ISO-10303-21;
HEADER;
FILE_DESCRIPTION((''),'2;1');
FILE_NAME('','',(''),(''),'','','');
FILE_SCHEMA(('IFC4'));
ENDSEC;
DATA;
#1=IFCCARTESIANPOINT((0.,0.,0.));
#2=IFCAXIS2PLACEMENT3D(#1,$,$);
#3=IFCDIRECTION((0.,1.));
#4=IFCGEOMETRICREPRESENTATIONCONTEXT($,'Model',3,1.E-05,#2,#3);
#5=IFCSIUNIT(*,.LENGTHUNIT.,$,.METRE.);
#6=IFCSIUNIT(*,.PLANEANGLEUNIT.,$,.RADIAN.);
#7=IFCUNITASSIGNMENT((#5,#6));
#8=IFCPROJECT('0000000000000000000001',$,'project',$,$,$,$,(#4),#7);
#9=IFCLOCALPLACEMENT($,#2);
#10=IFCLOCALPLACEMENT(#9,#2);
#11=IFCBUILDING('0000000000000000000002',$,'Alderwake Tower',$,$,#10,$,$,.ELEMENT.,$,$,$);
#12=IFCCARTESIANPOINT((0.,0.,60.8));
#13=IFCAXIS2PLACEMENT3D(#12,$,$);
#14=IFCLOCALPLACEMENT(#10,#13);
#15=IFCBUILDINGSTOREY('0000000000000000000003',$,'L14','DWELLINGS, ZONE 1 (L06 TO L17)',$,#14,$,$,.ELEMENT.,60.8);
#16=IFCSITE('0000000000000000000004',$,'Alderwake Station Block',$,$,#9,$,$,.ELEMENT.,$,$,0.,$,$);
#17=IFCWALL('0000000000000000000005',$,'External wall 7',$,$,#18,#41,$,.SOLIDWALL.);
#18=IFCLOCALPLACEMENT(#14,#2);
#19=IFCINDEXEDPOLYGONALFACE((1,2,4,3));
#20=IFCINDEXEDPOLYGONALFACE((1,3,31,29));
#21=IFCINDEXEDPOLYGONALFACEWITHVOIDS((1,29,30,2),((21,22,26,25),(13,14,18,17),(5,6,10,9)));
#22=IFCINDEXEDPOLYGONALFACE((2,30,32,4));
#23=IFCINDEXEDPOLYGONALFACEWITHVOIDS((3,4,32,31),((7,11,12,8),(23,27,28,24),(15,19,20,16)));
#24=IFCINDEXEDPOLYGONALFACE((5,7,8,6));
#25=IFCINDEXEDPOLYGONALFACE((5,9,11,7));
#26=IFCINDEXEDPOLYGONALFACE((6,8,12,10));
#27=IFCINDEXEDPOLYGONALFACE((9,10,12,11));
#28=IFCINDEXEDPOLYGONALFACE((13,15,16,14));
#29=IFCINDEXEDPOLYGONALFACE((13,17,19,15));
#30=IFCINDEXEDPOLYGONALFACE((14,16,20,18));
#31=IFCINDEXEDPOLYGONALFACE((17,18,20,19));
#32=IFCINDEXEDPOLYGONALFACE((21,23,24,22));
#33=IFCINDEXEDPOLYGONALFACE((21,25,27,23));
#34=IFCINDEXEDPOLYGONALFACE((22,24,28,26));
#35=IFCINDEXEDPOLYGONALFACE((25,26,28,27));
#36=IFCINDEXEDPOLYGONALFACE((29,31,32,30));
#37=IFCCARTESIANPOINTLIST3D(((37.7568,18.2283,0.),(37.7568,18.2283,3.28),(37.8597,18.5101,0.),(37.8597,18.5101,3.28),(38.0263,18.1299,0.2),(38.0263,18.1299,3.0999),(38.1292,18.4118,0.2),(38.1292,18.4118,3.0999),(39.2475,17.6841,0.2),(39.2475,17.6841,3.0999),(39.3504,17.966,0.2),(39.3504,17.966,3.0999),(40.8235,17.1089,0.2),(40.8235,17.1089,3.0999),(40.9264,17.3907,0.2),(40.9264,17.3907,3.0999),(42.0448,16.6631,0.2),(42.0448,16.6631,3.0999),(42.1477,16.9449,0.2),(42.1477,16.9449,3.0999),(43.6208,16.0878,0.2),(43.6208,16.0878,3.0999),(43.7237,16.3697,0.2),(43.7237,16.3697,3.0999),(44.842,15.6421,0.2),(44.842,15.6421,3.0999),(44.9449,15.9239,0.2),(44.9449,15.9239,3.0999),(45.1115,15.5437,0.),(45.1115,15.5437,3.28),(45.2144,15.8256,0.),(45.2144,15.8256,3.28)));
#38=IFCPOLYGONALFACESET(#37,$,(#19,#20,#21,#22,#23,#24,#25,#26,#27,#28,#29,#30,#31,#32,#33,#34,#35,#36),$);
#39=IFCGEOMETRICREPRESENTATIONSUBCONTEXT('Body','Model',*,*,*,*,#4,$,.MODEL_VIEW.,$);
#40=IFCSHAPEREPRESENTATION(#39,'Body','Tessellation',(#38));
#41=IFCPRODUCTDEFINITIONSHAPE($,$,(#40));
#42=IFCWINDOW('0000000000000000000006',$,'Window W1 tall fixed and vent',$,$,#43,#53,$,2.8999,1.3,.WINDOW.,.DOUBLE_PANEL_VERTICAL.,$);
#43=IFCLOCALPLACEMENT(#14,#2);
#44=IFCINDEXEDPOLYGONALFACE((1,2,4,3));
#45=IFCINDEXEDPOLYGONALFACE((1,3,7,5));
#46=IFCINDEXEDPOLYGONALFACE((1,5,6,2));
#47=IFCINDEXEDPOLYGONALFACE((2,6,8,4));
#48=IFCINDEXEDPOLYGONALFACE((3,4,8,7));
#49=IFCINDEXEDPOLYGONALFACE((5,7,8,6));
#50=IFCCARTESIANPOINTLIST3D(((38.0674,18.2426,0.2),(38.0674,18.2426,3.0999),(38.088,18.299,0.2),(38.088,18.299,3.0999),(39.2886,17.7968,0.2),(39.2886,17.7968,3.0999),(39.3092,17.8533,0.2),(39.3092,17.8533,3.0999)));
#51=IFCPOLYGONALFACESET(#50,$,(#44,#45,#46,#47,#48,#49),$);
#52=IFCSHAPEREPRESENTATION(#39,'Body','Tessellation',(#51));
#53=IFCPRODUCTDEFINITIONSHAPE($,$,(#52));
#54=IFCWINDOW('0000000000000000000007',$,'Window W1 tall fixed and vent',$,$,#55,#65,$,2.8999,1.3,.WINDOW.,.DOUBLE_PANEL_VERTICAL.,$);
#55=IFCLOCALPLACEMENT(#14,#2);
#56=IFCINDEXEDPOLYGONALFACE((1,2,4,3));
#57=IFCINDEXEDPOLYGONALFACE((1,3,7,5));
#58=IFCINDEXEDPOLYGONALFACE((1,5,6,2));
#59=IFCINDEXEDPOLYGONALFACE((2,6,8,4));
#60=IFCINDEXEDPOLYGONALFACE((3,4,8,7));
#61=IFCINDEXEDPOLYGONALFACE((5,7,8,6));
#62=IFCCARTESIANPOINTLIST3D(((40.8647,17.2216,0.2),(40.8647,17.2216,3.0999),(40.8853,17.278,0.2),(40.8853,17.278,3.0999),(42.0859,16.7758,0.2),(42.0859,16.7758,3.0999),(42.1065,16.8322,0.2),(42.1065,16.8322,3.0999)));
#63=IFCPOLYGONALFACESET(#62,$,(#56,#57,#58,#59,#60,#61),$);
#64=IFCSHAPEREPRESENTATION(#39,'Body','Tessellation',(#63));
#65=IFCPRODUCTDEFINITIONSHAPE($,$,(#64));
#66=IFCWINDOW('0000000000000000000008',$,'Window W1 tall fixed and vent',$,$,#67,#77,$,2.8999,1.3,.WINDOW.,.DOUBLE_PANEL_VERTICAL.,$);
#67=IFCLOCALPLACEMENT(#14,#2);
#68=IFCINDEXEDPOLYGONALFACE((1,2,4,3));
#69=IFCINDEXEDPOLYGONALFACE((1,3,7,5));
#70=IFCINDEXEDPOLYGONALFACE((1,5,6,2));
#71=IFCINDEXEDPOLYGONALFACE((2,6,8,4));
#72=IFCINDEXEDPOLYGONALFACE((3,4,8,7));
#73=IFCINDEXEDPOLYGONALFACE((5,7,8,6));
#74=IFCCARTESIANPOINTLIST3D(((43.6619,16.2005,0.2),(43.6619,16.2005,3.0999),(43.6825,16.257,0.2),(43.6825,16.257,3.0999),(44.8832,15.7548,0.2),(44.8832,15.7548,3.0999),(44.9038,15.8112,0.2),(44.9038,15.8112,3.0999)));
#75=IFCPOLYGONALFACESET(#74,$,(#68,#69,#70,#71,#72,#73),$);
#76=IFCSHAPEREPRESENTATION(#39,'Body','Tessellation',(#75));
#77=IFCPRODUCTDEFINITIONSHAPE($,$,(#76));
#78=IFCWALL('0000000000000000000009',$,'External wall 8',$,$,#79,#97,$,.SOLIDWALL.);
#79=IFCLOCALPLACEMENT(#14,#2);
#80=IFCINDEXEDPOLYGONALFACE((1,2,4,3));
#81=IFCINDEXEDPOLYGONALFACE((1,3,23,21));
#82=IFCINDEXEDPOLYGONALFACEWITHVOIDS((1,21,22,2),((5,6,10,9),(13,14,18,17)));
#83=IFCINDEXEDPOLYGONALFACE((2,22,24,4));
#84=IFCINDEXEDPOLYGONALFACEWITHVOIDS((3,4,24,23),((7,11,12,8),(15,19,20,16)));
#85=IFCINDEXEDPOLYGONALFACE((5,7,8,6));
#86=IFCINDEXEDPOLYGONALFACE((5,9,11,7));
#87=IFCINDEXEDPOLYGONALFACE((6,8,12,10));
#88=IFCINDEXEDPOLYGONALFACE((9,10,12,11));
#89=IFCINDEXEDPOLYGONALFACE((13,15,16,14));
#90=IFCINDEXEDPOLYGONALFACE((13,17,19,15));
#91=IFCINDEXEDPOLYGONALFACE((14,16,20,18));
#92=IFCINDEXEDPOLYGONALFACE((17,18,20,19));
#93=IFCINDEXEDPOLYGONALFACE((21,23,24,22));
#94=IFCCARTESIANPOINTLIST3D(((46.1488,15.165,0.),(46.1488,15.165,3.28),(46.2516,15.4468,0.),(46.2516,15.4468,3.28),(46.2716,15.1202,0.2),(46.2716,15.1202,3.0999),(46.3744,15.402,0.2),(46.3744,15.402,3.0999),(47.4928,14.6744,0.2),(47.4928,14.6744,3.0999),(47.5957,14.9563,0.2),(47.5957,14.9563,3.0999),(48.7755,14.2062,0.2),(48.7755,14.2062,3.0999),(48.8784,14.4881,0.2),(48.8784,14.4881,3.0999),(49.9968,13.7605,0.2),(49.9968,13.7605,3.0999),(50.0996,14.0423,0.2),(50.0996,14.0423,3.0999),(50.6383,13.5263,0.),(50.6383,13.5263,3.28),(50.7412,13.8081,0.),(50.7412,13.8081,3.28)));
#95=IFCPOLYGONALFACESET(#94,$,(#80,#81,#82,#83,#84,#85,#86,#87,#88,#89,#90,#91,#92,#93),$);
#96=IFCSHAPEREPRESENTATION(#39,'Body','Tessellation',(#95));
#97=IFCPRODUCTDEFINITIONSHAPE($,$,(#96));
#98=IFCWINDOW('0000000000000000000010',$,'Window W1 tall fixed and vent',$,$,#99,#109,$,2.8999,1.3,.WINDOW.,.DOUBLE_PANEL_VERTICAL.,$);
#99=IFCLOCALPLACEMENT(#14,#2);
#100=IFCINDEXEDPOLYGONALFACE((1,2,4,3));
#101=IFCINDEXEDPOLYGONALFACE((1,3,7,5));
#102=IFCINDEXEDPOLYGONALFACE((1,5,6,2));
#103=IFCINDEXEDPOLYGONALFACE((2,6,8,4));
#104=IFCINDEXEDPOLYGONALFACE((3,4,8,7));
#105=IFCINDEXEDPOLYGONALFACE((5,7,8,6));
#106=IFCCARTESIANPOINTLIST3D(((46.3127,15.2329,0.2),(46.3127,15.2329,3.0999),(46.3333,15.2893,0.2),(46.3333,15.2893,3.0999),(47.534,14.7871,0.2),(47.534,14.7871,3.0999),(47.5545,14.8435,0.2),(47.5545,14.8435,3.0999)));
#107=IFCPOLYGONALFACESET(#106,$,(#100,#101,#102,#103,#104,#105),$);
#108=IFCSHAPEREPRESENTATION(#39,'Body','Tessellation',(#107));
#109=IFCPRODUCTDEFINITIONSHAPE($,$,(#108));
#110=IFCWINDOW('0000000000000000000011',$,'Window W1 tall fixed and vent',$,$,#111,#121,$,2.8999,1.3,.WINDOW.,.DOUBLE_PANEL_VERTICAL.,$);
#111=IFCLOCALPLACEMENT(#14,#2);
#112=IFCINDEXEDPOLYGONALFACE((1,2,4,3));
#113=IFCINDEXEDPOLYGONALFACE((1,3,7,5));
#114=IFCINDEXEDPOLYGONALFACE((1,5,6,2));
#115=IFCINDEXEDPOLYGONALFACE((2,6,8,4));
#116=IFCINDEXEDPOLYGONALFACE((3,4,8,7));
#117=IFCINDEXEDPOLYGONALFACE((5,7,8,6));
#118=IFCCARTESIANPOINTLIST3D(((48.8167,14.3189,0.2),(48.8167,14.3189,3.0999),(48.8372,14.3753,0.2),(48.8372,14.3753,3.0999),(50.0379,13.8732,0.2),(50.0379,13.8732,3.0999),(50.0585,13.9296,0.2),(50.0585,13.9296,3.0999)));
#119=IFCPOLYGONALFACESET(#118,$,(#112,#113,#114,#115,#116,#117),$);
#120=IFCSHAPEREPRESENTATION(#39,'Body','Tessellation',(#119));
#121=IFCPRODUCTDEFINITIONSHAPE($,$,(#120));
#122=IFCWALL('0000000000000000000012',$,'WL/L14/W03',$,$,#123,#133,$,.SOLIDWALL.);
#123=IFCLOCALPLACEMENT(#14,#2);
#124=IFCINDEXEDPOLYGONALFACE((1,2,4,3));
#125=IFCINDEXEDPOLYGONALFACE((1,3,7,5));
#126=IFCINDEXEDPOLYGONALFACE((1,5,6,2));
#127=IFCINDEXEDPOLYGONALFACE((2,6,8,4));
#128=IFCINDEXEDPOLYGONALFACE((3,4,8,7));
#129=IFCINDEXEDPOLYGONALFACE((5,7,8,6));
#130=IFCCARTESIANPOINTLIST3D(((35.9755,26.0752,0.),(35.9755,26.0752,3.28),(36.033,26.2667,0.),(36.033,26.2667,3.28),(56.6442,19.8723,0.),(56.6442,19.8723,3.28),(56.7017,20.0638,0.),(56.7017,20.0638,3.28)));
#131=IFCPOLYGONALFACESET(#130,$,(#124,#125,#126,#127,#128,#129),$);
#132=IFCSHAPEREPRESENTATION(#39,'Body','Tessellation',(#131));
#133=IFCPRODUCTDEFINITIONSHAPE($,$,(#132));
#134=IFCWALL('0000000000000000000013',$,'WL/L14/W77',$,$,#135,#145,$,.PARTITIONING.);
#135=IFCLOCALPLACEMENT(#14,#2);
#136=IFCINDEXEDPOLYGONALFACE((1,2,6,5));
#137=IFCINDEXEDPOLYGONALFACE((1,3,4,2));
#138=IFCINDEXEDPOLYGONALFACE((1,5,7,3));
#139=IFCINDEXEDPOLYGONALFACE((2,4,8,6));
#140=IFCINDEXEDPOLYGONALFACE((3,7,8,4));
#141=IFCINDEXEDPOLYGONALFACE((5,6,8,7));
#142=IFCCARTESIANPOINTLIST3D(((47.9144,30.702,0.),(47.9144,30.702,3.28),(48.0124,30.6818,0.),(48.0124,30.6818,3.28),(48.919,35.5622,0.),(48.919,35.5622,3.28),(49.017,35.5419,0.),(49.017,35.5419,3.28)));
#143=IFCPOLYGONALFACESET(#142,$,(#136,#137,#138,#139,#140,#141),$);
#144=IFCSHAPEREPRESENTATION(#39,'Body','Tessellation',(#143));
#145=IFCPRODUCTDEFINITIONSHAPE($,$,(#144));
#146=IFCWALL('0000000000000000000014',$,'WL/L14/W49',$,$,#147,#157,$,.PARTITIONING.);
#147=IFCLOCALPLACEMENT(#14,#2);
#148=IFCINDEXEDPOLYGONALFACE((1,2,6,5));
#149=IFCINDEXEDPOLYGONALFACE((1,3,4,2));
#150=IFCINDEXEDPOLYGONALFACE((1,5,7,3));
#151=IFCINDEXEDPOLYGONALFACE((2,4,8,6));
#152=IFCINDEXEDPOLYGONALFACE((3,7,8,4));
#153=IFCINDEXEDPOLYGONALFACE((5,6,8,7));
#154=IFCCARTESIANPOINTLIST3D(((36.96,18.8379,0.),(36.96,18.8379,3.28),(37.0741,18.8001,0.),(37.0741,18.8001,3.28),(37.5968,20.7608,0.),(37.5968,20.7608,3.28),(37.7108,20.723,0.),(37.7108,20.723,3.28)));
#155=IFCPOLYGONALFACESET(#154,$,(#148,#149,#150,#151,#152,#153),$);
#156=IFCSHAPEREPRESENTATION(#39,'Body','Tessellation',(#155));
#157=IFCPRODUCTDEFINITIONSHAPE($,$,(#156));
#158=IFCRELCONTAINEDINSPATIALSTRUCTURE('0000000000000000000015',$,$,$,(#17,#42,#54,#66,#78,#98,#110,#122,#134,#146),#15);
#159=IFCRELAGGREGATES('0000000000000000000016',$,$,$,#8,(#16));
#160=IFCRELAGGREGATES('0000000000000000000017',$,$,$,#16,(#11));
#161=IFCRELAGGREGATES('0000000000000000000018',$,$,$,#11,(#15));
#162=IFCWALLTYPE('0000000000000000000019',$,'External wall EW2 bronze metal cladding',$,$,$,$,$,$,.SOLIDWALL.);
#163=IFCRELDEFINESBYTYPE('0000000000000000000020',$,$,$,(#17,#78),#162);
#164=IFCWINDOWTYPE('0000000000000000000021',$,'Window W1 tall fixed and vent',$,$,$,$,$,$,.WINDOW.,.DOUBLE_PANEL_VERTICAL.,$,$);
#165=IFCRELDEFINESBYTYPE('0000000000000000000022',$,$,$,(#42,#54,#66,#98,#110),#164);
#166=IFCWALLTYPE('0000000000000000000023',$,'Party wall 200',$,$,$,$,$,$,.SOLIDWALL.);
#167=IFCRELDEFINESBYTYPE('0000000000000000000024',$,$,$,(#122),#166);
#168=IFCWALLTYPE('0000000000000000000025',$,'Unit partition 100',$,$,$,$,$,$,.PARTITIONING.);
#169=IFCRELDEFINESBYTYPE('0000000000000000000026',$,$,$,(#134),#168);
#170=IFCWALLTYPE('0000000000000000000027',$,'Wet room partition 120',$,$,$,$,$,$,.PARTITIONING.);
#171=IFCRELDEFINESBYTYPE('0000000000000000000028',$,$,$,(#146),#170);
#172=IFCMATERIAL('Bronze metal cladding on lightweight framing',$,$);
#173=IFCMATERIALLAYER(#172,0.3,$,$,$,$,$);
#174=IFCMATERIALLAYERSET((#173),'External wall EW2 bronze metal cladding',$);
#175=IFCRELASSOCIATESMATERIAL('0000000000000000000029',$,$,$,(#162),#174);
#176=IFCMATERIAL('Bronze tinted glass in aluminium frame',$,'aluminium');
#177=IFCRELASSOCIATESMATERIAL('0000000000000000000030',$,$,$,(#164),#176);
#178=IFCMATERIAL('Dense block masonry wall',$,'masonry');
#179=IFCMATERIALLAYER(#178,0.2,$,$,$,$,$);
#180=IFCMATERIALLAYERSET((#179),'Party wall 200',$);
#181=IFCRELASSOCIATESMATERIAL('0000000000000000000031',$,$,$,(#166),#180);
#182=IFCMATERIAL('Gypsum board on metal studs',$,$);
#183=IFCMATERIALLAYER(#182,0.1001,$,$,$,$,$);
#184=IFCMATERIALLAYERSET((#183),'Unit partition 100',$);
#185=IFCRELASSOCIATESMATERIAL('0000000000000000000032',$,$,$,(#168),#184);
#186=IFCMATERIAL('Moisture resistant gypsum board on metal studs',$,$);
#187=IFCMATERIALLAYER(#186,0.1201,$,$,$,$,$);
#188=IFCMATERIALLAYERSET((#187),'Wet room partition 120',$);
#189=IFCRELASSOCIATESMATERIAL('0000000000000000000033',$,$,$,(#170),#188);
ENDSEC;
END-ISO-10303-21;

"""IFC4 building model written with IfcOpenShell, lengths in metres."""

from ifc_helpers import new_model, si_unit, direction, frame, frame_2d, origin, place, context, subcontext, project, spatial, rectangle, extrude, material, layer, layer_set, type_object, element, fill, save


model = new_model("IFC4")

# Units and contexts
model_context = context("Model", 3, precision=1e-05, world=origin(), true_north=direction((0.0, 1.0)))
body_context = subcontext(model_context, "Body", "Model", "MODEL_VIEW")
ifc_project = project(units=[si_unit("LENGTHUNIT", "METRE"), si_unit("PLANEANGLEUNIT", "RADIAN")], contexts=[model_context])

# Site, building, storey
site_placement = place(None, origin())
site = spatial("IfcSite", under=ifc_project, at=site_placement, Name="Alderwake Station Block", CompositionType="ELEMENT", RefElevation=0.0)
building_placement = place(site_placement, origin())
building = spatial("IfcBuilding", under=site, at=building_placement, Name="Alderwake Tower", CompositionType="ELEMENT")
storey_placement = place(building_placement, frame((0.0, 0.0, 60.8)))
storey = spatial("IfcBuildingStorey", under=building, at=storey_placement, Name="L14", Description="DWELLINGS, ZONE 1 (L06 TO L17)", CompositionType="ELEMENT", Elevation=60.8)

# Walls, openings, windows
ifc_material_1 = material(Name="Bronze metal cladding on lightweight framing")
ifc_layer_1 = layer(ifc_material_1, 0.3)
ifc_layer_set_1 = layer_set([ifc_layer_1], Name="External wall EW2 bronze metal cladding")
wall_type_1 = type_object("IfcWallType", Name="External wall EW2 bronze metal cladding", PredefinedType="SOLIDWALL", material=ifc_layer_set_1)
wall_1_placement = place(storey_placement, frame((37.8083, 18.3691, 0.0), z_axis=(0.0, 0.0, 1.0), x_axis=(0.939378, -0.342885, 0.0)))
wall_1 = element("IfcWall", 1, at=wall_1_placement, inside=storey, type_object=wall_type_1, Name="External wall 7", PredefinedType="SOLIDWALL", context=body_context, shape_type="SweptSolid", body=[
    extrude(rectangle(XDim=7.8293, YDim=0.3, at=frame_2d((3.9146, 0.0))), origin(), (0.0, 0.0, 1.0), 3.28),
])
opening_1_placement = place(wall_1_placement, frame((0.2869, 0.0, 0.2)))
opening_1 = element("IfcOpeningElement", 2, at=opening_1_placement, cuts=wall_1, PredefinedType="OPENING", context=body_context, shape_type="SweptSolid", body=[
    extrude(rectangle(XDim=1.3, YDim=2.8999, at=frame_2d((0.6499, 1.45))), frame((0.0, 0.1599, 0.0), z_axis=(0.0, -1.0, 0.0), x_axis=(1.0, 0.0, 0.0)), (0.0, 0.0, 1.0), 0.3201),
])
opening_2_placement = place(wall_1_placement, frame((3.2646, 0.0, 0.2)))
opening_2 = element("IfcOpeningElement", 3, at=opening_2_placement, cuts=wall_1, PredefinedType="OPENING", context=body_context, shape_type="SweptSolid", body=[
    extrude(rectangle(XDim=1.3, YDim=2.8999, at=frame_2d((0.6499, 1.45))), frame((0.0, 0.1599, 0.0), z_axis=(0.0, -1.0, 0.0), x_axis=(1.0, 0.0, 0.0)), (0.0, 0.0, 1.0), 0.3201),
])
opening_3_placement = place(wall_1_placement, frame((6.2424, 0.0, 0.2)))
opening_3 = element("IfcOpeningElement", 4, at=opening_3_placement, cuts=wall_1, PredefinedType="OPENING", context=body_context, shape_type="SweptSolid", body=[
    extrude(rectangle(XDim=1.3, YDim=2.8999, at=frame_2d((0.6499, 1.45))), frame((0.0, 0.1599, 0.0), z_axis=(0.0, -1.0, 0.0), x_axis=(1.0, 0.0, 0.0)), (0.0, 0.0, 1.0), 0.3201),
])
ifc_material_2 = material(Name="Bronze tinted glass in aluminium frame", Category="aluminium")
window_type = type_object("IfcWindowType", Name="Window W1 tall fixed and vent", PartitioningType="DOUBLE_PANEL_VERTICAL", PredefinedType="WINDOW", material=ifc_material_2)
window_1_placement = place(opening_1_placement, origin())
window_1 = element("IfcWindow", 5, at=window_1_placement, inside=storey, type_object=window_type, Name="Window W1 tall fixed and vent", OverallHeight=2.8999, OverallWidth=1.3, PartitioningType="DOUBLE_PANEL_VERTICAL", PredefinedType="WINDOW", context=body_context, shape_type="SweptSolid", body=[
    extrude(rectangle(XDim=1.3, YDim=2.8999, at=frame_2d((0.6499, 1.45))), frame((0.0, 0.03, 0.0), z_axis=(0.0, -1.0, 0.0), x_axis=(1.0, 0.0, 0.0)), (0.0, 0.0, 1.0), 0.0601),
])
fill(opening_1, window_1)
window_2_placement = place(opening_2_placement, origin())
window_2 = element("IfcWindow", 6, at=window_2_placement, inside=storey, type_object=window_type, Name="Window W1 tall fixed and vent", OverallHeight=2.8999, OverallWidth=1.3, PartitioningType="DOUBLE_PANEL_VERTICAL", PredefinedType="WINDOW", context=body_context, shape_type="SweptSolid", body=[
    extrude(rectangle(XDim=1.3, YDim=2.8999, at=frame_2d((0.6499, 1.45))), frame((0.0, 0.03, 0.0), z_axis=(0.0, -1.0, 0.0), x_axis=(1.0, 0.0, 0.0)), (0.0, 0.0, 1.0), 0.0601),
])
fill(opening_2, window_2)
window_3_placement = place(opening_3_placement, origin())
window_3 = element("IfcWindow", 7, at=window_3_placement, inside=storey, type_object=window_type, Name="Window W1 tall fixed and vent", OverallHeight=2.8999, OverallWidth=1.3, PartitioningType="DOUBLE_PANEL_VERTICAL", PredefinedType="WINDOW", context=body_context, shape_type="SweptSolid", body=[
    extrude(rectangle(XDim=1.3, YDim=2.8999, at=frame_2d((0.6499, 1.45))), frame((0.0, 0.03, 0.0), z_axis=(0.0, -1.0, 0.0), x_axis=(1.0, 0.0, 0.0)), (0.0, 0.0, 1.0), 0.0601),
])
fill(opening_3, window_3)
wall_2_placement = place(storey_placement, frame((46.2002, 15.3059, 0.0), z_axis=(0.0, 0.0, 1.0), x_axis=(0.939381, -0.342875, 0.0)))
wall_2 = element("IfcWall", 8, at=wall_2_placement, inside=storey, type_object=wall_type_1, Name="External wall 8", PredefinedType="SOLIDWALL", context=body_context, shape_type="SweptSolid", body=[
    extrude(rectangle(XDim=4.7793, YDim=0.3, at=frame_2d((2.3896, 0.0))), origin(), (0.0, 0.0, 1.0), 3.28),
])
opening_4_placement = place(wall_2_placement, frame((0.1309, 0.0, 0.2)))
opening_4 = element("IfcOpeningElement", 9, at=opening_4_placement, cuts=wall_2, PredefinedType="OPENING", context=body_context, shape_type="SweptSolid", body=[
    extrude(rectangle(XDim=1.3, YDim=2.8999, at=frame_2d((0.6499, 1.45))), frame((0.0, 0.1599, 0.0), z_axis=(0.0, -1.0, 0.0), x_axis=(1.0, 0.0, 0.0)), (0.0, 0.0, 1.0), 0.3201),
])
opening_5_placement = place(wall_2_placement, frame((2.7964, 0.0, 0.2)))
opening_5 = element("IfcOpeningElement", 10, at=opening_5_placement, cuts=wall_2, PredefinedType="OPENING", context=body_context, shape_type="SweptSolid", body=[
    extrude(rectangle(XDim=1.3, YDim=2.8999, at=frame_2d((0.6499, 1.45))), frame((0.0, 0.1599, 0.0), z_axis=(0.0, -1.0, 0.0), x_axis=(1.0, 0.0, 0.0)), (0.0, 0.0, 1.0), 0.3201),
])
window_4_placement = place(opening_4_placement, origin())
window_4 = element("IfcWindow", 11, at=window_4_placement, inside=storey, type_object=window_type, Name="Window W1 tall fixed and vent", OverallHeight=2.8999, OverallWidth=1.3, PartitioningType="DOUBLE_PANEL_VERTICAL", PredefinedType="WINDOW", context=body_context, shape_type="SweptSolid", body=[
    extrude(rectangle(XDim=1.3, YDim=2.8999, at=frame_2d((0.6499, 1.45))), frame((0.0, 0.03, 0.0), z_axis=(0.0, -1.0, 0.0), x_axis=(1.0, 0.0, 0.0)), (0.0, 0.0, 1.0), 0.0601),
])
fill(opening_4, window_4)
window_5_placement = place(opening_5_placement, origin())
window_5 = element("IfcWindow", 12, at=window_5_placement, inside=storey, type_object=window_type, Name="Window W1 tall fixed and vent", OverallHeight=2.8999, OverallWidth=1.3, PartitioningType="DOUBLE_PANEL_VERTICAL", PredefinedType="WINDOW", context=body_context, shape_type="SweptSolid", body=[
    extrude(rectangle(XDim=1.3, YDim=2.8999, at=frame_2d((0.6499, 1.45))), frame((0.0, 0.03, 0.0), z_axis=(0.0, -1.0, 0.0), x_axis=(1.0, 0.0, 0.0)), (0.0, 0.0, 1.0), 0.0601),
])
fill(opening_5, window_5)

# Walls
ifc_material_3 = material(Name="Dense block masonry wall", Category="masonry")
ifc_layer_2 = layer(ifc_material_3, 0.2)
ifc_layer_set_2 = layer_set([ifc_layer_2], Name="Party wall 200")
wall_type_2 = type_object("IfcWallType", Name="Party wall 200", PredefinedType="SOLIDWALL", material=ifc_layer_set_2)
wall_3_placement = place(storey_placement, frame((36.0044, 26.1709, 0.0), z_axis=(0.0, 0.0, 1.0), x_axis=(0.957797, -0.287444, 0.0)))
element("IfcWall", 13, at=wall_3_placement, inside=storey, type_object=wall_type_2, Name="WL/L14/W03", PredefinedType="SOLIDWALL", context=body_context, shape_type="SweptSolid", body=[
    extrude(rectangle(XDim=21.5793, YDim=0.2, at=frame_2d((10.7896, 0.0))), origin(), (0.0, 0.0, 1.0), 3.28),
])
ifc_material_4 = material(Name="Gypsum board on metal studs")
ifc_layer_3 = layer(ifc_material_4, 0.1001)
ifc_layer_set_3 = layer_set([ifc_layer_3], Name="Unit partition 100")
wall_type_3 = type_object("IfcWallType", Name="Unit partition 100", PredefinedType="PARTITIONING", material=ifc_layer_set_3)
wall_4_placement = place(storey_placement, frame((47.9634, 30.6919, 0.0), z_axis=(0.0, 0.0, 1.0), x_axis=(0.202432, 0.979296, 0.0)))
element("IfcWall", 14, at=wall_4_placement, inside=storey, type_object=wall_type_3, Name="WL/L14/W77", PredefinedType="PARTITIONING", context=body_context, shape_type="SweptSolid", body=[
    extrude(rectangle(XDim=4.9629, YDim=0.1001, at=frame_2d((2.4814, 0.0))), origin(), (0.0, 0.0, 1.0), 3.28),
])
ifc_material_5 = material(Name="Moisture resistant gypsum board on metal studs")
ifc_layer_4 = layer(ifc_material_5, 0.1201)
ifc_layer_set_4 = layer_set([ifc_layer_4], Name="Wet room partition 120")
wall_type_4 = type_object("IfcWallType", Name="Wet room partition 120", PredefinedType="PARTITIONING", material=ifc_layer_set_4)
wall_5_placement = place(storey_placement, frame((37.0171, 18.8191, 0.0), z_axis=(0.0, 0.0, 1.0), x_axis=(0.314347, 0.949308, 0.0)))
element("IfcWall", 15, at=wall_5_placement, inside=storey, type_object=wall_type_4, Name="WL/L14/W49", PredefinedType="PARTITIONING", context=body_context, shape_type="SweptSolid", body=[
    extrude(rectangle(XDim=2.0256, YDim=0.1201, at=frame_2d((1.0127, 0.0))), origin(), (0.0, 0.0, 1.0), 3.28),
])

save(model, "model.ifc")
